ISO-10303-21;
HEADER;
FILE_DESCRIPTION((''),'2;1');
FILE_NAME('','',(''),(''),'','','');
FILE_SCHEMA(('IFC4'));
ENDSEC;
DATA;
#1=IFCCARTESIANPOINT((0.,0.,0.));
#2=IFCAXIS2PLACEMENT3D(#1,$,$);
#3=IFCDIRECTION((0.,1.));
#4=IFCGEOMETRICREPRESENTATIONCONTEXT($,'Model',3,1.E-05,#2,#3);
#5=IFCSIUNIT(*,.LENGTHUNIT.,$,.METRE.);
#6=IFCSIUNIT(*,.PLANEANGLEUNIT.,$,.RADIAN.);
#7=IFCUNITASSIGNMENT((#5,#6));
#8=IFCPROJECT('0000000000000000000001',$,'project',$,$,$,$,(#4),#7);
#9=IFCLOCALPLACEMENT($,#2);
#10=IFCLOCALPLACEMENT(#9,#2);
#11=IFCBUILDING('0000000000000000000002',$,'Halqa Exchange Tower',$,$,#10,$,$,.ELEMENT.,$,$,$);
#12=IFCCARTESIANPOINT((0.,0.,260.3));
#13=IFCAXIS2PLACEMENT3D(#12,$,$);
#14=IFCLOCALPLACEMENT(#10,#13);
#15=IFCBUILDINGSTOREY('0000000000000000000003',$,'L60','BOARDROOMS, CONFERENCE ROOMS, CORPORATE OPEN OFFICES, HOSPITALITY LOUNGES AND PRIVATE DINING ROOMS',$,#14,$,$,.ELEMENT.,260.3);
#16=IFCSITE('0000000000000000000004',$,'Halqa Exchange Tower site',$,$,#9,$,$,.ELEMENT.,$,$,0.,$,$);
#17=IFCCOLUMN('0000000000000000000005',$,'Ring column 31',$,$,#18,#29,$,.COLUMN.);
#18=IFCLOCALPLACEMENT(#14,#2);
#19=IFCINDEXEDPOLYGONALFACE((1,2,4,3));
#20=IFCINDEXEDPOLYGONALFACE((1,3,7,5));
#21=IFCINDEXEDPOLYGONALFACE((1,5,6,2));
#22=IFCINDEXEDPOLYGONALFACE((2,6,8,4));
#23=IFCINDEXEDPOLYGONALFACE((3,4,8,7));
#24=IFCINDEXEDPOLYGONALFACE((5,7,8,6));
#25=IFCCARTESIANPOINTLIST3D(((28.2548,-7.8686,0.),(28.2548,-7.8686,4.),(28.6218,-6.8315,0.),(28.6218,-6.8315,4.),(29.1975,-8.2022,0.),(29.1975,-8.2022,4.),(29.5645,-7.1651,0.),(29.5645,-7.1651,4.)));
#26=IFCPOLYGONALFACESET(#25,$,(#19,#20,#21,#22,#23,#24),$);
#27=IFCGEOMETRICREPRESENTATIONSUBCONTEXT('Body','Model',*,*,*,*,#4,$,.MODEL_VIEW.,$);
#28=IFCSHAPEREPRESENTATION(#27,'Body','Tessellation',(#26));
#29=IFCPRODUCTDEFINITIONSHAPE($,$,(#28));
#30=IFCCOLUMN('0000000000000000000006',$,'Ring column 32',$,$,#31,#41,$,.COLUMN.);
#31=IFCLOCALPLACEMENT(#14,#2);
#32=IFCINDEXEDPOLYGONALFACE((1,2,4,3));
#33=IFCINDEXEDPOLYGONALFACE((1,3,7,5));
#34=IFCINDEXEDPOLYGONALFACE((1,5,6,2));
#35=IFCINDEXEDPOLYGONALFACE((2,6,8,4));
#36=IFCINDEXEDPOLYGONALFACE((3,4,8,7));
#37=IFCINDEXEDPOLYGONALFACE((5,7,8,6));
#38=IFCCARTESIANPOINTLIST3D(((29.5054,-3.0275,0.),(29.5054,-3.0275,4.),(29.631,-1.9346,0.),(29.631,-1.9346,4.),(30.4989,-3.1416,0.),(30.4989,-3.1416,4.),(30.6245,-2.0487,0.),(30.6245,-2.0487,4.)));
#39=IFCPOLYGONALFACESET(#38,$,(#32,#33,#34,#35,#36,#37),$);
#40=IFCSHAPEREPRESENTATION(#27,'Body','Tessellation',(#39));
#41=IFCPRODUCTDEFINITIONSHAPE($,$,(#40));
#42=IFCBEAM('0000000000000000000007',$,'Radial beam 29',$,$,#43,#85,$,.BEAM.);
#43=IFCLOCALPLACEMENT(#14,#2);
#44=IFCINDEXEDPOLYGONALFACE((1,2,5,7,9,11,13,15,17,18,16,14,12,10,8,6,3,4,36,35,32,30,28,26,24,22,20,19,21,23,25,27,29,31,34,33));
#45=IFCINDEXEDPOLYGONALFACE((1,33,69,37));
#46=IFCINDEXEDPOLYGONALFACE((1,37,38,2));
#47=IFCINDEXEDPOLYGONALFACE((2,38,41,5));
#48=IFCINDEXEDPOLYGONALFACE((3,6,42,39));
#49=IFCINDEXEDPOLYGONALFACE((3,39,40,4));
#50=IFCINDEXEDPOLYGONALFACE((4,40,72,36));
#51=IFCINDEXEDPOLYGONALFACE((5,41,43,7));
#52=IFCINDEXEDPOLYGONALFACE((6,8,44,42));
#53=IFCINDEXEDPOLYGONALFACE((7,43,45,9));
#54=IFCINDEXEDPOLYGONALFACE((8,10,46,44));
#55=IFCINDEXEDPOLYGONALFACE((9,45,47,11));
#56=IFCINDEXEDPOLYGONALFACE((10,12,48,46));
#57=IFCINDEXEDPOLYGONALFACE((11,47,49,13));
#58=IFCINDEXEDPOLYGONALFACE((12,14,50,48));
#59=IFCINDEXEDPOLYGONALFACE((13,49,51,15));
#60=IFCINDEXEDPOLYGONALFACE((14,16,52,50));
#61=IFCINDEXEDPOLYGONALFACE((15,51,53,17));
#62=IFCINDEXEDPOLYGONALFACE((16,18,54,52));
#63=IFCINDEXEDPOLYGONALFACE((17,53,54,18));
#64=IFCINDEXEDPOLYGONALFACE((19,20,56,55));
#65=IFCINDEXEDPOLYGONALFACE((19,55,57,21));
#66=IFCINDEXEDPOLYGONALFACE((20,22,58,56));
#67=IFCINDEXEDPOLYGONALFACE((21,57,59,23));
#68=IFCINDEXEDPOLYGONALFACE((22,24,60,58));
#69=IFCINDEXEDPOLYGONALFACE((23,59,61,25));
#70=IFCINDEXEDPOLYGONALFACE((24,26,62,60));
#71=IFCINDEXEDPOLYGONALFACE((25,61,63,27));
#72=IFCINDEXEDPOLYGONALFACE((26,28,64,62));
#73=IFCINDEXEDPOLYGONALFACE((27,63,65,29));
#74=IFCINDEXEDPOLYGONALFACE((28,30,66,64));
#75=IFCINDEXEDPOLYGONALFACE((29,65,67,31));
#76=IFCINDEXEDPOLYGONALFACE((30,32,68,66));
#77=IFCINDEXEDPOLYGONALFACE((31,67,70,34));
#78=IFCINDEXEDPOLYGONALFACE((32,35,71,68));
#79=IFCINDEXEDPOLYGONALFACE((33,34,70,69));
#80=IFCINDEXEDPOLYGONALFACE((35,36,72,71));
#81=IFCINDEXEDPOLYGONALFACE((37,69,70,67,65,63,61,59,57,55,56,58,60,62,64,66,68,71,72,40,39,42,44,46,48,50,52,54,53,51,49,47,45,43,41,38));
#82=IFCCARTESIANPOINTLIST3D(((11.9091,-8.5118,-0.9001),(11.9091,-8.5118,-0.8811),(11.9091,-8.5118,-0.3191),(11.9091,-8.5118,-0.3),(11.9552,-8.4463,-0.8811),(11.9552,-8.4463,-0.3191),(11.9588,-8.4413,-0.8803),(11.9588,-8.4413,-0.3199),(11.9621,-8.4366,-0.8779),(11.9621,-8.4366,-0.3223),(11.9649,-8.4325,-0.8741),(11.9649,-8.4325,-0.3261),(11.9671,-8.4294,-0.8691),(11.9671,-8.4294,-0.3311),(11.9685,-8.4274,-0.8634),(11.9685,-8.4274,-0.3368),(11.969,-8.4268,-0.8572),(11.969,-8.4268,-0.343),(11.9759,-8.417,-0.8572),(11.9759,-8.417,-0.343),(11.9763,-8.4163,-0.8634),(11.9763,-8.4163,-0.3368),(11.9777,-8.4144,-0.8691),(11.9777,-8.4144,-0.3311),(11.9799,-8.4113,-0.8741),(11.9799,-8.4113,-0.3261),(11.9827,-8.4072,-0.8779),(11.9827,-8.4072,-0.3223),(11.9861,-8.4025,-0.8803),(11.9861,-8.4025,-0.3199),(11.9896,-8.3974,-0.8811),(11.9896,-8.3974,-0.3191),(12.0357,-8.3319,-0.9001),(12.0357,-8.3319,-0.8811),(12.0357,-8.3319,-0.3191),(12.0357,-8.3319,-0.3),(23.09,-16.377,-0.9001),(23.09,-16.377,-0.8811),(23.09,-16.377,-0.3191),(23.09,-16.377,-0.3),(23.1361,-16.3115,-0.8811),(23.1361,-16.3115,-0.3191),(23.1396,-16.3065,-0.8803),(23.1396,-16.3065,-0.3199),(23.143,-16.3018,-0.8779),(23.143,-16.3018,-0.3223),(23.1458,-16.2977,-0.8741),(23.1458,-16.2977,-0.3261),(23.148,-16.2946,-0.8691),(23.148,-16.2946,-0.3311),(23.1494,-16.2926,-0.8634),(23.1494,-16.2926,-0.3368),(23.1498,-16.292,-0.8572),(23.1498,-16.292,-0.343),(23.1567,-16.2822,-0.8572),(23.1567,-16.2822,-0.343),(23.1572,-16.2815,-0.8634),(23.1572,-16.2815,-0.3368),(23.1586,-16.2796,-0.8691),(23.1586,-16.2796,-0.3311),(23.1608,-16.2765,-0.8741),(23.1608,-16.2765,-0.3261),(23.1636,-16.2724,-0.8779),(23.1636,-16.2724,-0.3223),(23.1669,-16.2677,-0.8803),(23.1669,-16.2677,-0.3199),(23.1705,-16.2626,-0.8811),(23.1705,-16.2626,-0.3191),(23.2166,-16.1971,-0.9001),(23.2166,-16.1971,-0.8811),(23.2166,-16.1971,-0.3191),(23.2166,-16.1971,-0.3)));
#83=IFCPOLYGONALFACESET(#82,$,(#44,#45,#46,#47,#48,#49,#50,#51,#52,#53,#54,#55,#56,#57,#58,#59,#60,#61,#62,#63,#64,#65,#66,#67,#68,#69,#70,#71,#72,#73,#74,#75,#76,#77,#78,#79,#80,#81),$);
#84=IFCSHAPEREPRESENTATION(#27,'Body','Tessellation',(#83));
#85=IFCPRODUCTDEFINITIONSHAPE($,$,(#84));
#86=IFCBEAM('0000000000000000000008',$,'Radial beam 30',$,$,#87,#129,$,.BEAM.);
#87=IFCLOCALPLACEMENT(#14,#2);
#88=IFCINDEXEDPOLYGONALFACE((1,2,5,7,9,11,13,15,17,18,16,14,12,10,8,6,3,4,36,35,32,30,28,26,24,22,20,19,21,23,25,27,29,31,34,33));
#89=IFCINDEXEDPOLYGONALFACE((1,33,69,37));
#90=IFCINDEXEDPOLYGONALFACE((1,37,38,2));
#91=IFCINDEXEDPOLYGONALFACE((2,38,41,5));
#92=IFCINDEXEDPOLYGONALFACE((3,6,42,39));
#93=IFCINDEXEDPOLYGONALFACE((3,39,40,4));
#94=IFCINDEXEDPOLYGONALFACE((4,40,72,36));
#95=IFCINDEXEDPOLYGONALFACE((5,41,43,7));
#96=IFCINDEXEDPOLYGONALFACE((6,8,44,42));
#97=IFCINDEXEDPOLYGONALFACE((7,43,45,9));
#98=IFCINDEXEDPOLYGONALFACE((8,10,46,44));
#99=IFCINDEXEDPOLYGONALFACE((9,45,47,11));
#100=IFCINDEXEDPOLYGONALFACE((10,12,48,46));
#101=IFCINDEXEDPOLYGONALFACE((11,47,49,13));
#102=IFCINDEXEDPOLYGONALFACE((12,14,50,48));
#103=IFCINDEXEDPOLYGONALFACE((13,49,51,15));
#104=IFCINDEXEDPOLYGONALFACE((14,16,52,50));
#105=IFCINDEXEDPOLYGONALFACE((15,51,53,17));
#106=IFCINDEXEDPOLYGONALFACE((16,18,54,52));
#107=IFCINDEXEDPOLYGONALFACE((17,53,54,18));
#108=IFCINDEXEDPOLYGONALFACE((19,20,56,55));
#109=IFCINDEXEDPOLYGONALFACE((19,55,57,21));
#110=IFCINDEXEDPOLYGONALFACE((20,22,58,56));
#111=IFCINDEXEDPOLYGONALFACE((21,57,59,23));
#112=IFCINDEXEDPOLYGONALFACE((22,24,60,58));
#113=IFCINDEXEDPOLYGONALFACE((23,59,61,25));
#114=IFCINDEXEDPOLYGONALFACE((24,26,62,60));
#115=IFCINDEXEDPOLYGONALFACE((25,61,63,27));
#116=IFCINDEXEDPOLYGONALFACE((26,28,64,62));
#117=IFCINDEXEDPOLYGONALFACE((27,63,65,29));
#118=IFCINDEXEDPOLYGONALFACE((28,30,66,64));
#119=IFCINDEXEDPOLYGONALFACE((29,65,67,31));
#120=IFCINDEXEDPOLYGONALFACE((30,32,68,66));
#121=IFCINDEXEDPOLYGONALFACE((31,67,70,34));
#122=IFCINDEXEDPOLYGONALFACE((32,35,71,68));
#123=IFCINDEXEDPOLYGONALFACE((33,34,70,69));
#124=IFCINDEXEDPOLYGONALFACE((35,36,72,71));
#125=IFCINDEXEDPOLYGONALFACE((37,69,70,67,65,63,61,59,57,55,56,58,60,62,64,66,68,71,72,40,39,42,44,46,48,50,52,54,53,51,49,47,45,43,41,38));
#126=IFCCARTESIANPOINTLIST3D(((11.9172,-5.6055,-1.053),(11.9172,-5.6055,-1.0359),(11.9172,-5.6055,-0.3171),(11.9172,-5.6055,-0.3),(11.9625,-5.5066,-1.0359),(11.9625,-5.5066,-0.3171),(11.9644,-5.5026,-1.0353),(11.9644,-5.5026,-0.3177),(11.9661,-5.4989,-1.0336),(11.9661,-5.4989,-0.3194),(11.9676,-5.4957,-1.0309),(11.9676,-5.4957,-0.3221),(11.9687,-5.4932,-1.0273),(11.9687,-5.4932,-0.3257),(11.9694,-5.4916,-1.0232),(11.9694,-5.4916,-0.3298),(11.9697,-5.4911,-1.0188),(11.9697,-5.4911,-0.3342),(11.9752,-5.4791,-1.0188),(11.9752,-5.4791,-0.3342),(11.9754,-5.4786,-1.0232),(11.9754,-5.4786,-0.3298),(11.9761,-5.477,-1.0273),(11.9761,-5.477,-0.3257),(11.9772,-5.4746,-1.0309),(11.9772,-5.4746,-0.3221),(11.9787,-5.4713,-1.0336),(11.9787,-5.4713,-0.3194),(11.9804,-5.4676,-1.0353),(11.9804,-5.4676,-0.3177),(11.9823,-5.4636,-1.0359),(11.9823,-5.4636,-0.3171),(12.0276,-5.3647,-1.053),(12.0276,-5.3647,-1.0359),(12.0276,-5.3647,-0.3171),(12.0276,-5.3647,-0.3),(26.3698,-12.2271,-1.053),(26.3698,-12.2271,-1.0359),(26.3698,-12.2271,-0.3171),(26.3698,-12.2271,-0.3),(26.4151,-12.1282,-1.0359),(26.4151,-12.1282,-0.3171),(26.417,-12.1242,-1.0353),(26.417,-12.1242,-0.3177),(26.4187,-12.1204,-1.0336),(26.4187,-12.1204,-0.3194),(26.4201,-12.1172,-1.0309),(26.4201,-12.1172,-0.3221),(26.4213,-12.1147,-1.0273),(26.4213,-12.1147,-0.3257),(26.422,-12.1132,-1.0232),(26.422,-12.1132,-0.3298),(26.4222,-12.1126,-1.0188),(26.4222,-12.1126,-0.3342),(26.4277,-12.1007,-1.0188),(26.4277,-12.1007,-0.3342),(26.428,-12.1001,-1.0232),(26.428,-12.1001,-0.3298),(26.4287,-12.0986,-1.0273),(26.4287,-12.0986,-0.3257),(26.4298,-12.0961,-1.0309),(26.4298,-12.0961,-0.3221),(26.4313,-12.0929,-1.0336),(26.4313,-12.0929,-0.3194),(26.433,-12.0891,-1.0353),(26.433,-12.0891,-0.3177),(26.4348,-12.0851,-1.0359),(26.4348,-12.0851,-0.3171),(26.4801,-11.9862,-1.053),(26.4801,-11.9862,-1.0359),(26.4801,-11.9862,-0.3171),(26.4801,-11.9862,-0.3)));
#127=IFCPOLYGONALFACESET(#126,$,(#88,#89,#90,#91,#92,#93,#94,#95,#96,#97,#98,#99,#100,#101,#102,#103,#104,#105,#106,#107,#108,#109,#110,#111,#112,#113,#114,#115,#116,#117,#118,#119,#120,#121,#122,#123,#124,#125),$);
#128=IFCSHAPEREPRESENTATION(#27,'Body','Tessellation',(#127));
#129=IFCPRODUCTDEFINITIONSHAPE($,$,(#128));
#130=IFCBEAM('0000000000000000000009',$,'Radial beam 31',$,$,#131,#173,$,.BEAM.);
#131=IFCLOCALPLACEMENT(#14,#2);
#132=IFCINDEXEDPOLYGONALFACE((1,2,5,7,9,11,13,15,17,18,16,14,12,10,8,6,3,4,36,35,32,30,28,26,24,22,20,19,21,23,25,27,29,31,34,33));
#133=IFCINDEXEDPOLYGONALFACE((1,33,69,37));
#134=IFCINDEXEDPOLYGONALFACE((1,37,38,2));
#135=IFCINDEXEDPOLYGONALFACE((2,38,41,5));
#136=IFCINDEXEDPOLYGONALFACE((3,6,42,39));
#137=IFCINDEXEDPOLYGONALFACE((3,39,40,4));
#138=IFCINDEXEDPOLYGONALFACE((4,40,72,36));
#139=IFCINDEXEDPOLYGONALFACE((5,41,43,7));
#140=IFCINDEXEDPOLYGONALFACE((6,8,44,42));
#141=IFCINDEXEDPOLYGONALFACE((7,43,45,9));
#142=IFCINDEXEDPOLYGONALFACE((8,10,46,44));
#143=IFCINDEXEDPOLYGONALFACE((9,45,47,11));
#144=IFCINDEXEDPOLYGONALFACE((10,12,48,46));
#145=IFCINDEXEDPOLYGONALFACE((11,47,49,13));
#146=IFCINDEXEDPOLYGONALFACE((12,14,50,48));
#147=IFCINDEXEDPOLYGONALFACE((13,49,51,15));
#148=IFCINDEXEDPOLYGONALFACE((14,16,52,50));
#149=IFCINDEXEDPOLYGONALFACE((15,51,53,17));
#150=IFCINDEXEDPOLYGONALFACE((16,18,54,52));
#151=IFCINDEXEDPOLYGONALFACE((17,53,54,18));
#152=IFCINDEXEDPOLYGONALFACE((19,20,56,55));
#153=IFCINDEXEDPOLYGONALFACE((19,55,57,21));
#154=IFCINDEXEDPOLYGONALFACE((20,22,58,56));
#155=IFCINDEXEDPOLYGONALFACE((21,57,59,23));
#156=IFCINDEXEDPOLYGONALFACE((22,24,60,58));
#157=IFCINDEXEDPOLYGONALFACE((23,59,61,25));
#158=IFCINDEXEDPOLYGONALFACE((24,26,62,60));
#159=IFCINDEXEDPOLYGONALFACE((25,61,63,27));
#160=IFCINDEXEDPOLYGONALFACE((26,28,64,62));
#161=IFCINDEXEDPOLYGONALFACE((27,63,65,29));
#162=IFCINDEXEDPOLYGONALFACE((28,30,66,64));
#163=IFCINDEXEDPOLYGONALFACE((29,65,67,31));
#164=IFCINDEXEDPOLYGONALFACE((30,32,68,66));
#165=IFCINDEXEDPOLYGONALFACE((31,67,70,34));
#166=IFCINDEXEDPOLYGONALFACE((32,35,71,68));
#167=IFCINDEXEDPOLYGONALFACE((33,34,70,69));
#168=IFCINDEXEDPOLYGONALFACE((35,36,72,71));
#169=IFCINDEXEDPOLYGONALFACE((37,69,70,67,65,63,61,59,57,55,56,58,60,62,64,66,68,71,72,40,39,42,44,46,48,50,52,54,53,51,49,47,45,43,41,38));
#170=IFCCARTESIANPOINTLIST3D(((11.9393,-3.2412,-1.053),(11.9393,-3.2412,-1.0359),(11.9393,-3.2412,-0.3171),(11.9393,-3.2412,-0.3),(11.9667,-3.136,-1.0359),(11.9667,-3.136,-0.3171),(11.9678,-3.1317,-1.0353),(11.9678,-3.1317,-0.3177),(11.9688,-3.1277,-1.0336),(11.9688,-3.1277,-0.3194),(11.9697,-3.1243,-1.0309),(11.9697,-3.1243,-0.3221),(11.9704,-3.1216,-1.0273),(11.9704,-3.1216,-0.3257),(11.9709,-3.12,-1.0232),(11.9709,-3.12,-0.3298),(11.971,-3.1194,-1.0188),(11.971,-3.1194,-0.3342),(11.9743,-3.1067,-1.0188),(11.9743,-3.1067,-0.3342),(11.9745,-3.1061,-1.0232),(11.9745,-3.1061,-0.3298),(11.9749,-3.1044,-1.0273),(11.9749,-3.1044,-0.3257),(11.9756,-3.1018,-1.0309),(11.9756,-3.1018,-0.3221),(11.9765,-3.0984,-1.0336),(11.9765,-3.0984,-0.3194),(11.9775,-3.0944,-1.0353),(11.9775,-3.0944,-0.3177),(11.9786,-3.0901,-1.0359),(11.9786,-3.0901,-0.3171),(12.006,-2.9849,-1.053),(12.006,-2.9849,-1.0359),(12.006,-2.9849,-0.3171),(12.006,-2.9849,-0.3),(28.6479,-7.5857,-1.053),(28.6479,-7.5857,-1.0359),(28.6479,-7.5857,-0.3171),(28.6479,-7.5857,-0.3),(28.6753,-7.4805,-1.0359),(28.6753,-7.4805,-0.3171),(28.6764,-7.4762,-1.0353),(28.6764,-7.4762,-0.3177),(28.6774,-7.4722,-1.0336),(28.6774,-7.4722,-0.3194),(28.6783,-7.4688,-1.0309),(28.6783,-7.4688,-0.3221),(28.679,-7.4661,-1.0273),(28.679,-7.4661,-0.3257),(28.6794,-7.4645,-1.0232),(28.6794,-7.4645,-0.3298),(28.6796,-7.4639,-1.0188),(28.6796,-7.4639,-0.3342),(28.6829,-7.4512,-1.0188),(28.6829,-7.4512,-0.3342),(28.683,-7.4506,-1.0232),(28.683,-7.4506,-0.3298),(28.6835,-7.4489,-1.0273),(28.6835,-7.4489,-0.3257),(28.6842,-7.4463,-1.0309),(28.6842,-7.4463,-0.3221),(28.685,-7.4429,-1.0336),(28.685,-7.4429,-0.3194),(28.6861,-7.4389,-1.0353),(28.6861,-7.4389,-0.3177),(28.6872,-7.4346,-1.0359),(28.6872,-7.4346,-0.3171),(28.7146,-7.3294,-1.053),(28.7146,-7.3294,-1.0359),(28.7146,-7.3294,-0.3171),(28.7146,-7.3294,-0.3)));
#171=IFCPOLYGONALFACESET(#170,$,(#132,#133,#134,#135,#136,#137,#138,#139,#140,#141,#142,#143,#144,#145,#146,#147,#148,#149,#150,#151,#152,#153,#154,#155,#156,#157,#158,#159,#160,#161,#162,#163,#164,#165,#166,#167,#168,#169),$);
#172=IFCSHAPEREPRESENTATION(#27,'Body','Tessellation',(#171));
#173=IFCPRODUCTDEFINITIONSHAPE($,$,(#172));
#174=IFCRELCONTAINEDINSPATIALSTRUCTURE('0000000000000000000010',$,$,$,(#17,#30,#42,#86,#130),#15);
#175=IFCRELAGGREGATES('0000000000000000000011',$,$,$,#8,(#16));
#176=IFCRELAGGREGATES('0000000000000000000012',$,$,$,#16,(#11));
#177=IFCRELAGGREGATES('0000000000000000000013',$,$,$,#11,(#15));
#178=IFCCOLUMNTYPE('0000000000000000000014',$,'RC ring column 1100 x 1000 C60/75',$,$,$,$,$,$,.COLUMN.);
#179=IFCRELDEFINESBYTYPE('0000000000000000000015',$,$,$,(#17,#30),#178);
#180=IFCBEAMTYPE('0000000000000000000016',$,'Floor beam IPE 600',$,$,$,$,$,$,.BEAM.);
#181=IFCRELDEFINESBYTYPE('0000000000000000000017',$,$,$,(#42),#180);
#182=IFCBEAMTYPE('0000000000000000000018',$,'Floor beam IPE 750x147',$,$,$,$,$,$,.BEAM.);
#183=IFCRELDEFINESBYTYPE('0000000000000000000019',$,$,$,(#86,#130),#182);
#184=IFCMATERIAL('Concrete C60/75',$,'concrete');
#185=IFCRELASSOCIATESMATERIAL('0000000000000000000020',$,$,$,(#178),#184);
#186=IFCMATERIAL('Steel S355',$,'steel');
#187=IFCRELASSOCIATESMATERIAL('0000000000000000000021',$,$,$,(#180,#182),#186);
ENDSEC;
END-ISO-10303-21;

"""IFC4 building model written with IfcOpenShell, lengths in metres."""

from ifc_helpers import new_model, si_unit, direction, frame, origin, origin_2d, place, context, subcontext, project, spatial, rectangle, i_section, extrude, material, material_profile, profile_set, type_object, element, save


model = new_model("IFC4")

# Units and contexts
model_context = context("Model", 3, precision=1e-05, world=origin(), true_north=direction((0.0, 1.0)))
body_context = subcontext(model_context, "Body", "Model", "MODEL_VIEW")
ifc_project = project(units=[si_unit("LENGTHUNIT", "METRE"), si_unit("PLANEANGLEUNIT", "RADIAN")], contexts=[model_context])

# Site, building, storey
site_placement = place(None, origin())
site = spatial("IfcSite", under=ifc_project, at=site_placement, Name="Halqa Exchange Tower site", CompositionType="ELEMENT", RefElevation=0.0)
building_placement = place(site_placement, origin())
building = spatial("IfcBuilding", under=site, at=building_placement, Name="Halqa Exchange Tower", CompositionType="ELEMENT")
storey_placement = place(building_placement, frame((0.0, 0.0, 260.3)))
storey = spatial("IfcBuildingStorey", under=building, at=storey_placement, Name="L60", Description="BOARDROOMS, CONFERENCE ROOMS, CORPORATE OPEN OFFICES, HOSPITALITY LOUNGES AND PRIVATE DINING ROOMS", CompositionType="ELEMENT", Elevation=260.3)

# Columns
ifc_material_1 = material(Name="Concrete C60/75", Category="concrete")
ifc_material_profile_1 = material_profile(ifc_material_1, rectangle(XDim=1.1001, YDim=1.0, at=origin_2d()), Name="1100 x 1000")
ifc_profile_set_1 = profile_set([ifc_material_profile_1], Name="Concrete C60/75")
column_type = type_object("IfcColumnType", Name="RC ring column 1100 x 1000 C60/75", PredefinedType="COLUMN", material=ifc_profile_set_1)
for number, where, z_axis, x_axis, name in (
    (1, (28.9097, -7.5168, 0.0), (0.0, 0.0, 1.0), (0.333623, 0.942707, 0.0), "Ring column 31"),
    (2, (30.0649, -2.5381, 0.0), (0.0, 0.0, 1.0), (0.114159, 0.993463, 0.0), "Ring column 32"),
):
    element("IfcColumn", number, at=place(storey_placement, frame(where, z_axis=z_axis, x_axis=x_axis)), inside=storey, type_object=column_type, Name=name, PredefinedType="COLUMN", context=body_context, shape_type="SweptSolid", body=[
        extrude(rectangle(XDim=1.1001, YDim=1.0, at=origin_2d()), origin(), (0.0, 0.0, 1.0), 4.0),
    ])

# Beams
ifc_material_2 = material(Name="Steel S355", Category="steel")
ifc_material_profile_2 = material_profile(ifc_material_2, i_section(OverallWidth=0.22, OverallDepth=0.6001, WebThickness=0.012, FlangeThickness=0.019, FilletRadius=0.0239, at=origin_2d()), Name="IPE 600")
ifc_profile_set_2 = profile_set([ifc_material_profile_2], Name="Steel S355")
beam_type_1 = type_object("IfcBeamType", Name="Floor beam IPE 600", PredefinedType="BEAM", material=ifc_profile_set_2)
beam_1_placement = place(storey_placement, frame((11.9724, -8.4219, -0.6001), z_axis=(0.817903, -0.575356, 0.0), x_axis=(0.575356, 0.817903, 0.0)))
element("IfcBeam", 3, at=beam_1_placement, inside=storey, type_object=beam_type_1, Name="Radial beam 29", PredefinedType="BEAM", context=body_context, shape_type="SweptSolid", body=[
    extrude(i_section(OverallWidth=0.22, OverallDepth=0.6001, WebThickness=0.012, FlangeThickness=0.019, FilletRadius=0.0239, at=origin_2d()), origin(), (0.0, 0.0, 1.0), 13.6702),
])
ifc_material_profile_3 = material_profile(ifc_material_2, i_section(OverallWidth=0.2649, OverallDepth=0.7529, WebThickness=0.0132, FlangeThickness=0.0171, FilletRadius=0.0171, at=origin_2d()), Name="IPE 750x147")
ifc_profile_set_3 = profile_set([ifc_material_profile_3], Name="Steel S355")
beam_type_2 = type_object("IfcBeamType", Name="Floor beam IPE 750x147", PredefinedType="BEAM", material=ifc_profile_set_3)
beam_2_placement = place(storey_placement, frame((11.9724, -5.4851, -0.6765), z_axis=(0.909125, -0.416523, 0.0), x_axis=(0.416523, 0.909125, 0.0)))
element("IfcBeam", 4, at=beam_2_placement, inside=storey, type_object=beam_type_2, Name="Radial beam 30", PredefinedType="BEAM", context=body_context, shape_type="SweptSolid", body=[
    extrude(i_section(OverallWidth=0.2649, OverallDepth=0.7529, WebThickness=0.0132, FlangeThickness=0.0171, FilletRadius=0.0171, at=origin_2d()), origin(), (0.0, 0.0, 1.0), 15.8972),
])
beam_3_placement = place(storey_placement, frame((11.9727, -3.113, -0.6765), z_axis=(0.967819, -0.251649, 0.0), x_axis=(0.251649, 0.967819, 0.0)))
element("IfcBeam", 5, at=beam_3_placement, inside=storey, type_object=beam_type_2, Name="Radial beam 31", PredefinedType="BEAM", context=body_context, shape_type="SweptSolid", body=[
    extrude(i_section(OverallWidth=0.2649, OverallDepth=0.7529, WebThickness=0.0132, FlangeThickness=0.0171, FilletRadius=0.0171, at=origin_2d()), origin(), (0.0, 0.0, 1.0), 17.2642),
])

save(model, "model.ifc")
